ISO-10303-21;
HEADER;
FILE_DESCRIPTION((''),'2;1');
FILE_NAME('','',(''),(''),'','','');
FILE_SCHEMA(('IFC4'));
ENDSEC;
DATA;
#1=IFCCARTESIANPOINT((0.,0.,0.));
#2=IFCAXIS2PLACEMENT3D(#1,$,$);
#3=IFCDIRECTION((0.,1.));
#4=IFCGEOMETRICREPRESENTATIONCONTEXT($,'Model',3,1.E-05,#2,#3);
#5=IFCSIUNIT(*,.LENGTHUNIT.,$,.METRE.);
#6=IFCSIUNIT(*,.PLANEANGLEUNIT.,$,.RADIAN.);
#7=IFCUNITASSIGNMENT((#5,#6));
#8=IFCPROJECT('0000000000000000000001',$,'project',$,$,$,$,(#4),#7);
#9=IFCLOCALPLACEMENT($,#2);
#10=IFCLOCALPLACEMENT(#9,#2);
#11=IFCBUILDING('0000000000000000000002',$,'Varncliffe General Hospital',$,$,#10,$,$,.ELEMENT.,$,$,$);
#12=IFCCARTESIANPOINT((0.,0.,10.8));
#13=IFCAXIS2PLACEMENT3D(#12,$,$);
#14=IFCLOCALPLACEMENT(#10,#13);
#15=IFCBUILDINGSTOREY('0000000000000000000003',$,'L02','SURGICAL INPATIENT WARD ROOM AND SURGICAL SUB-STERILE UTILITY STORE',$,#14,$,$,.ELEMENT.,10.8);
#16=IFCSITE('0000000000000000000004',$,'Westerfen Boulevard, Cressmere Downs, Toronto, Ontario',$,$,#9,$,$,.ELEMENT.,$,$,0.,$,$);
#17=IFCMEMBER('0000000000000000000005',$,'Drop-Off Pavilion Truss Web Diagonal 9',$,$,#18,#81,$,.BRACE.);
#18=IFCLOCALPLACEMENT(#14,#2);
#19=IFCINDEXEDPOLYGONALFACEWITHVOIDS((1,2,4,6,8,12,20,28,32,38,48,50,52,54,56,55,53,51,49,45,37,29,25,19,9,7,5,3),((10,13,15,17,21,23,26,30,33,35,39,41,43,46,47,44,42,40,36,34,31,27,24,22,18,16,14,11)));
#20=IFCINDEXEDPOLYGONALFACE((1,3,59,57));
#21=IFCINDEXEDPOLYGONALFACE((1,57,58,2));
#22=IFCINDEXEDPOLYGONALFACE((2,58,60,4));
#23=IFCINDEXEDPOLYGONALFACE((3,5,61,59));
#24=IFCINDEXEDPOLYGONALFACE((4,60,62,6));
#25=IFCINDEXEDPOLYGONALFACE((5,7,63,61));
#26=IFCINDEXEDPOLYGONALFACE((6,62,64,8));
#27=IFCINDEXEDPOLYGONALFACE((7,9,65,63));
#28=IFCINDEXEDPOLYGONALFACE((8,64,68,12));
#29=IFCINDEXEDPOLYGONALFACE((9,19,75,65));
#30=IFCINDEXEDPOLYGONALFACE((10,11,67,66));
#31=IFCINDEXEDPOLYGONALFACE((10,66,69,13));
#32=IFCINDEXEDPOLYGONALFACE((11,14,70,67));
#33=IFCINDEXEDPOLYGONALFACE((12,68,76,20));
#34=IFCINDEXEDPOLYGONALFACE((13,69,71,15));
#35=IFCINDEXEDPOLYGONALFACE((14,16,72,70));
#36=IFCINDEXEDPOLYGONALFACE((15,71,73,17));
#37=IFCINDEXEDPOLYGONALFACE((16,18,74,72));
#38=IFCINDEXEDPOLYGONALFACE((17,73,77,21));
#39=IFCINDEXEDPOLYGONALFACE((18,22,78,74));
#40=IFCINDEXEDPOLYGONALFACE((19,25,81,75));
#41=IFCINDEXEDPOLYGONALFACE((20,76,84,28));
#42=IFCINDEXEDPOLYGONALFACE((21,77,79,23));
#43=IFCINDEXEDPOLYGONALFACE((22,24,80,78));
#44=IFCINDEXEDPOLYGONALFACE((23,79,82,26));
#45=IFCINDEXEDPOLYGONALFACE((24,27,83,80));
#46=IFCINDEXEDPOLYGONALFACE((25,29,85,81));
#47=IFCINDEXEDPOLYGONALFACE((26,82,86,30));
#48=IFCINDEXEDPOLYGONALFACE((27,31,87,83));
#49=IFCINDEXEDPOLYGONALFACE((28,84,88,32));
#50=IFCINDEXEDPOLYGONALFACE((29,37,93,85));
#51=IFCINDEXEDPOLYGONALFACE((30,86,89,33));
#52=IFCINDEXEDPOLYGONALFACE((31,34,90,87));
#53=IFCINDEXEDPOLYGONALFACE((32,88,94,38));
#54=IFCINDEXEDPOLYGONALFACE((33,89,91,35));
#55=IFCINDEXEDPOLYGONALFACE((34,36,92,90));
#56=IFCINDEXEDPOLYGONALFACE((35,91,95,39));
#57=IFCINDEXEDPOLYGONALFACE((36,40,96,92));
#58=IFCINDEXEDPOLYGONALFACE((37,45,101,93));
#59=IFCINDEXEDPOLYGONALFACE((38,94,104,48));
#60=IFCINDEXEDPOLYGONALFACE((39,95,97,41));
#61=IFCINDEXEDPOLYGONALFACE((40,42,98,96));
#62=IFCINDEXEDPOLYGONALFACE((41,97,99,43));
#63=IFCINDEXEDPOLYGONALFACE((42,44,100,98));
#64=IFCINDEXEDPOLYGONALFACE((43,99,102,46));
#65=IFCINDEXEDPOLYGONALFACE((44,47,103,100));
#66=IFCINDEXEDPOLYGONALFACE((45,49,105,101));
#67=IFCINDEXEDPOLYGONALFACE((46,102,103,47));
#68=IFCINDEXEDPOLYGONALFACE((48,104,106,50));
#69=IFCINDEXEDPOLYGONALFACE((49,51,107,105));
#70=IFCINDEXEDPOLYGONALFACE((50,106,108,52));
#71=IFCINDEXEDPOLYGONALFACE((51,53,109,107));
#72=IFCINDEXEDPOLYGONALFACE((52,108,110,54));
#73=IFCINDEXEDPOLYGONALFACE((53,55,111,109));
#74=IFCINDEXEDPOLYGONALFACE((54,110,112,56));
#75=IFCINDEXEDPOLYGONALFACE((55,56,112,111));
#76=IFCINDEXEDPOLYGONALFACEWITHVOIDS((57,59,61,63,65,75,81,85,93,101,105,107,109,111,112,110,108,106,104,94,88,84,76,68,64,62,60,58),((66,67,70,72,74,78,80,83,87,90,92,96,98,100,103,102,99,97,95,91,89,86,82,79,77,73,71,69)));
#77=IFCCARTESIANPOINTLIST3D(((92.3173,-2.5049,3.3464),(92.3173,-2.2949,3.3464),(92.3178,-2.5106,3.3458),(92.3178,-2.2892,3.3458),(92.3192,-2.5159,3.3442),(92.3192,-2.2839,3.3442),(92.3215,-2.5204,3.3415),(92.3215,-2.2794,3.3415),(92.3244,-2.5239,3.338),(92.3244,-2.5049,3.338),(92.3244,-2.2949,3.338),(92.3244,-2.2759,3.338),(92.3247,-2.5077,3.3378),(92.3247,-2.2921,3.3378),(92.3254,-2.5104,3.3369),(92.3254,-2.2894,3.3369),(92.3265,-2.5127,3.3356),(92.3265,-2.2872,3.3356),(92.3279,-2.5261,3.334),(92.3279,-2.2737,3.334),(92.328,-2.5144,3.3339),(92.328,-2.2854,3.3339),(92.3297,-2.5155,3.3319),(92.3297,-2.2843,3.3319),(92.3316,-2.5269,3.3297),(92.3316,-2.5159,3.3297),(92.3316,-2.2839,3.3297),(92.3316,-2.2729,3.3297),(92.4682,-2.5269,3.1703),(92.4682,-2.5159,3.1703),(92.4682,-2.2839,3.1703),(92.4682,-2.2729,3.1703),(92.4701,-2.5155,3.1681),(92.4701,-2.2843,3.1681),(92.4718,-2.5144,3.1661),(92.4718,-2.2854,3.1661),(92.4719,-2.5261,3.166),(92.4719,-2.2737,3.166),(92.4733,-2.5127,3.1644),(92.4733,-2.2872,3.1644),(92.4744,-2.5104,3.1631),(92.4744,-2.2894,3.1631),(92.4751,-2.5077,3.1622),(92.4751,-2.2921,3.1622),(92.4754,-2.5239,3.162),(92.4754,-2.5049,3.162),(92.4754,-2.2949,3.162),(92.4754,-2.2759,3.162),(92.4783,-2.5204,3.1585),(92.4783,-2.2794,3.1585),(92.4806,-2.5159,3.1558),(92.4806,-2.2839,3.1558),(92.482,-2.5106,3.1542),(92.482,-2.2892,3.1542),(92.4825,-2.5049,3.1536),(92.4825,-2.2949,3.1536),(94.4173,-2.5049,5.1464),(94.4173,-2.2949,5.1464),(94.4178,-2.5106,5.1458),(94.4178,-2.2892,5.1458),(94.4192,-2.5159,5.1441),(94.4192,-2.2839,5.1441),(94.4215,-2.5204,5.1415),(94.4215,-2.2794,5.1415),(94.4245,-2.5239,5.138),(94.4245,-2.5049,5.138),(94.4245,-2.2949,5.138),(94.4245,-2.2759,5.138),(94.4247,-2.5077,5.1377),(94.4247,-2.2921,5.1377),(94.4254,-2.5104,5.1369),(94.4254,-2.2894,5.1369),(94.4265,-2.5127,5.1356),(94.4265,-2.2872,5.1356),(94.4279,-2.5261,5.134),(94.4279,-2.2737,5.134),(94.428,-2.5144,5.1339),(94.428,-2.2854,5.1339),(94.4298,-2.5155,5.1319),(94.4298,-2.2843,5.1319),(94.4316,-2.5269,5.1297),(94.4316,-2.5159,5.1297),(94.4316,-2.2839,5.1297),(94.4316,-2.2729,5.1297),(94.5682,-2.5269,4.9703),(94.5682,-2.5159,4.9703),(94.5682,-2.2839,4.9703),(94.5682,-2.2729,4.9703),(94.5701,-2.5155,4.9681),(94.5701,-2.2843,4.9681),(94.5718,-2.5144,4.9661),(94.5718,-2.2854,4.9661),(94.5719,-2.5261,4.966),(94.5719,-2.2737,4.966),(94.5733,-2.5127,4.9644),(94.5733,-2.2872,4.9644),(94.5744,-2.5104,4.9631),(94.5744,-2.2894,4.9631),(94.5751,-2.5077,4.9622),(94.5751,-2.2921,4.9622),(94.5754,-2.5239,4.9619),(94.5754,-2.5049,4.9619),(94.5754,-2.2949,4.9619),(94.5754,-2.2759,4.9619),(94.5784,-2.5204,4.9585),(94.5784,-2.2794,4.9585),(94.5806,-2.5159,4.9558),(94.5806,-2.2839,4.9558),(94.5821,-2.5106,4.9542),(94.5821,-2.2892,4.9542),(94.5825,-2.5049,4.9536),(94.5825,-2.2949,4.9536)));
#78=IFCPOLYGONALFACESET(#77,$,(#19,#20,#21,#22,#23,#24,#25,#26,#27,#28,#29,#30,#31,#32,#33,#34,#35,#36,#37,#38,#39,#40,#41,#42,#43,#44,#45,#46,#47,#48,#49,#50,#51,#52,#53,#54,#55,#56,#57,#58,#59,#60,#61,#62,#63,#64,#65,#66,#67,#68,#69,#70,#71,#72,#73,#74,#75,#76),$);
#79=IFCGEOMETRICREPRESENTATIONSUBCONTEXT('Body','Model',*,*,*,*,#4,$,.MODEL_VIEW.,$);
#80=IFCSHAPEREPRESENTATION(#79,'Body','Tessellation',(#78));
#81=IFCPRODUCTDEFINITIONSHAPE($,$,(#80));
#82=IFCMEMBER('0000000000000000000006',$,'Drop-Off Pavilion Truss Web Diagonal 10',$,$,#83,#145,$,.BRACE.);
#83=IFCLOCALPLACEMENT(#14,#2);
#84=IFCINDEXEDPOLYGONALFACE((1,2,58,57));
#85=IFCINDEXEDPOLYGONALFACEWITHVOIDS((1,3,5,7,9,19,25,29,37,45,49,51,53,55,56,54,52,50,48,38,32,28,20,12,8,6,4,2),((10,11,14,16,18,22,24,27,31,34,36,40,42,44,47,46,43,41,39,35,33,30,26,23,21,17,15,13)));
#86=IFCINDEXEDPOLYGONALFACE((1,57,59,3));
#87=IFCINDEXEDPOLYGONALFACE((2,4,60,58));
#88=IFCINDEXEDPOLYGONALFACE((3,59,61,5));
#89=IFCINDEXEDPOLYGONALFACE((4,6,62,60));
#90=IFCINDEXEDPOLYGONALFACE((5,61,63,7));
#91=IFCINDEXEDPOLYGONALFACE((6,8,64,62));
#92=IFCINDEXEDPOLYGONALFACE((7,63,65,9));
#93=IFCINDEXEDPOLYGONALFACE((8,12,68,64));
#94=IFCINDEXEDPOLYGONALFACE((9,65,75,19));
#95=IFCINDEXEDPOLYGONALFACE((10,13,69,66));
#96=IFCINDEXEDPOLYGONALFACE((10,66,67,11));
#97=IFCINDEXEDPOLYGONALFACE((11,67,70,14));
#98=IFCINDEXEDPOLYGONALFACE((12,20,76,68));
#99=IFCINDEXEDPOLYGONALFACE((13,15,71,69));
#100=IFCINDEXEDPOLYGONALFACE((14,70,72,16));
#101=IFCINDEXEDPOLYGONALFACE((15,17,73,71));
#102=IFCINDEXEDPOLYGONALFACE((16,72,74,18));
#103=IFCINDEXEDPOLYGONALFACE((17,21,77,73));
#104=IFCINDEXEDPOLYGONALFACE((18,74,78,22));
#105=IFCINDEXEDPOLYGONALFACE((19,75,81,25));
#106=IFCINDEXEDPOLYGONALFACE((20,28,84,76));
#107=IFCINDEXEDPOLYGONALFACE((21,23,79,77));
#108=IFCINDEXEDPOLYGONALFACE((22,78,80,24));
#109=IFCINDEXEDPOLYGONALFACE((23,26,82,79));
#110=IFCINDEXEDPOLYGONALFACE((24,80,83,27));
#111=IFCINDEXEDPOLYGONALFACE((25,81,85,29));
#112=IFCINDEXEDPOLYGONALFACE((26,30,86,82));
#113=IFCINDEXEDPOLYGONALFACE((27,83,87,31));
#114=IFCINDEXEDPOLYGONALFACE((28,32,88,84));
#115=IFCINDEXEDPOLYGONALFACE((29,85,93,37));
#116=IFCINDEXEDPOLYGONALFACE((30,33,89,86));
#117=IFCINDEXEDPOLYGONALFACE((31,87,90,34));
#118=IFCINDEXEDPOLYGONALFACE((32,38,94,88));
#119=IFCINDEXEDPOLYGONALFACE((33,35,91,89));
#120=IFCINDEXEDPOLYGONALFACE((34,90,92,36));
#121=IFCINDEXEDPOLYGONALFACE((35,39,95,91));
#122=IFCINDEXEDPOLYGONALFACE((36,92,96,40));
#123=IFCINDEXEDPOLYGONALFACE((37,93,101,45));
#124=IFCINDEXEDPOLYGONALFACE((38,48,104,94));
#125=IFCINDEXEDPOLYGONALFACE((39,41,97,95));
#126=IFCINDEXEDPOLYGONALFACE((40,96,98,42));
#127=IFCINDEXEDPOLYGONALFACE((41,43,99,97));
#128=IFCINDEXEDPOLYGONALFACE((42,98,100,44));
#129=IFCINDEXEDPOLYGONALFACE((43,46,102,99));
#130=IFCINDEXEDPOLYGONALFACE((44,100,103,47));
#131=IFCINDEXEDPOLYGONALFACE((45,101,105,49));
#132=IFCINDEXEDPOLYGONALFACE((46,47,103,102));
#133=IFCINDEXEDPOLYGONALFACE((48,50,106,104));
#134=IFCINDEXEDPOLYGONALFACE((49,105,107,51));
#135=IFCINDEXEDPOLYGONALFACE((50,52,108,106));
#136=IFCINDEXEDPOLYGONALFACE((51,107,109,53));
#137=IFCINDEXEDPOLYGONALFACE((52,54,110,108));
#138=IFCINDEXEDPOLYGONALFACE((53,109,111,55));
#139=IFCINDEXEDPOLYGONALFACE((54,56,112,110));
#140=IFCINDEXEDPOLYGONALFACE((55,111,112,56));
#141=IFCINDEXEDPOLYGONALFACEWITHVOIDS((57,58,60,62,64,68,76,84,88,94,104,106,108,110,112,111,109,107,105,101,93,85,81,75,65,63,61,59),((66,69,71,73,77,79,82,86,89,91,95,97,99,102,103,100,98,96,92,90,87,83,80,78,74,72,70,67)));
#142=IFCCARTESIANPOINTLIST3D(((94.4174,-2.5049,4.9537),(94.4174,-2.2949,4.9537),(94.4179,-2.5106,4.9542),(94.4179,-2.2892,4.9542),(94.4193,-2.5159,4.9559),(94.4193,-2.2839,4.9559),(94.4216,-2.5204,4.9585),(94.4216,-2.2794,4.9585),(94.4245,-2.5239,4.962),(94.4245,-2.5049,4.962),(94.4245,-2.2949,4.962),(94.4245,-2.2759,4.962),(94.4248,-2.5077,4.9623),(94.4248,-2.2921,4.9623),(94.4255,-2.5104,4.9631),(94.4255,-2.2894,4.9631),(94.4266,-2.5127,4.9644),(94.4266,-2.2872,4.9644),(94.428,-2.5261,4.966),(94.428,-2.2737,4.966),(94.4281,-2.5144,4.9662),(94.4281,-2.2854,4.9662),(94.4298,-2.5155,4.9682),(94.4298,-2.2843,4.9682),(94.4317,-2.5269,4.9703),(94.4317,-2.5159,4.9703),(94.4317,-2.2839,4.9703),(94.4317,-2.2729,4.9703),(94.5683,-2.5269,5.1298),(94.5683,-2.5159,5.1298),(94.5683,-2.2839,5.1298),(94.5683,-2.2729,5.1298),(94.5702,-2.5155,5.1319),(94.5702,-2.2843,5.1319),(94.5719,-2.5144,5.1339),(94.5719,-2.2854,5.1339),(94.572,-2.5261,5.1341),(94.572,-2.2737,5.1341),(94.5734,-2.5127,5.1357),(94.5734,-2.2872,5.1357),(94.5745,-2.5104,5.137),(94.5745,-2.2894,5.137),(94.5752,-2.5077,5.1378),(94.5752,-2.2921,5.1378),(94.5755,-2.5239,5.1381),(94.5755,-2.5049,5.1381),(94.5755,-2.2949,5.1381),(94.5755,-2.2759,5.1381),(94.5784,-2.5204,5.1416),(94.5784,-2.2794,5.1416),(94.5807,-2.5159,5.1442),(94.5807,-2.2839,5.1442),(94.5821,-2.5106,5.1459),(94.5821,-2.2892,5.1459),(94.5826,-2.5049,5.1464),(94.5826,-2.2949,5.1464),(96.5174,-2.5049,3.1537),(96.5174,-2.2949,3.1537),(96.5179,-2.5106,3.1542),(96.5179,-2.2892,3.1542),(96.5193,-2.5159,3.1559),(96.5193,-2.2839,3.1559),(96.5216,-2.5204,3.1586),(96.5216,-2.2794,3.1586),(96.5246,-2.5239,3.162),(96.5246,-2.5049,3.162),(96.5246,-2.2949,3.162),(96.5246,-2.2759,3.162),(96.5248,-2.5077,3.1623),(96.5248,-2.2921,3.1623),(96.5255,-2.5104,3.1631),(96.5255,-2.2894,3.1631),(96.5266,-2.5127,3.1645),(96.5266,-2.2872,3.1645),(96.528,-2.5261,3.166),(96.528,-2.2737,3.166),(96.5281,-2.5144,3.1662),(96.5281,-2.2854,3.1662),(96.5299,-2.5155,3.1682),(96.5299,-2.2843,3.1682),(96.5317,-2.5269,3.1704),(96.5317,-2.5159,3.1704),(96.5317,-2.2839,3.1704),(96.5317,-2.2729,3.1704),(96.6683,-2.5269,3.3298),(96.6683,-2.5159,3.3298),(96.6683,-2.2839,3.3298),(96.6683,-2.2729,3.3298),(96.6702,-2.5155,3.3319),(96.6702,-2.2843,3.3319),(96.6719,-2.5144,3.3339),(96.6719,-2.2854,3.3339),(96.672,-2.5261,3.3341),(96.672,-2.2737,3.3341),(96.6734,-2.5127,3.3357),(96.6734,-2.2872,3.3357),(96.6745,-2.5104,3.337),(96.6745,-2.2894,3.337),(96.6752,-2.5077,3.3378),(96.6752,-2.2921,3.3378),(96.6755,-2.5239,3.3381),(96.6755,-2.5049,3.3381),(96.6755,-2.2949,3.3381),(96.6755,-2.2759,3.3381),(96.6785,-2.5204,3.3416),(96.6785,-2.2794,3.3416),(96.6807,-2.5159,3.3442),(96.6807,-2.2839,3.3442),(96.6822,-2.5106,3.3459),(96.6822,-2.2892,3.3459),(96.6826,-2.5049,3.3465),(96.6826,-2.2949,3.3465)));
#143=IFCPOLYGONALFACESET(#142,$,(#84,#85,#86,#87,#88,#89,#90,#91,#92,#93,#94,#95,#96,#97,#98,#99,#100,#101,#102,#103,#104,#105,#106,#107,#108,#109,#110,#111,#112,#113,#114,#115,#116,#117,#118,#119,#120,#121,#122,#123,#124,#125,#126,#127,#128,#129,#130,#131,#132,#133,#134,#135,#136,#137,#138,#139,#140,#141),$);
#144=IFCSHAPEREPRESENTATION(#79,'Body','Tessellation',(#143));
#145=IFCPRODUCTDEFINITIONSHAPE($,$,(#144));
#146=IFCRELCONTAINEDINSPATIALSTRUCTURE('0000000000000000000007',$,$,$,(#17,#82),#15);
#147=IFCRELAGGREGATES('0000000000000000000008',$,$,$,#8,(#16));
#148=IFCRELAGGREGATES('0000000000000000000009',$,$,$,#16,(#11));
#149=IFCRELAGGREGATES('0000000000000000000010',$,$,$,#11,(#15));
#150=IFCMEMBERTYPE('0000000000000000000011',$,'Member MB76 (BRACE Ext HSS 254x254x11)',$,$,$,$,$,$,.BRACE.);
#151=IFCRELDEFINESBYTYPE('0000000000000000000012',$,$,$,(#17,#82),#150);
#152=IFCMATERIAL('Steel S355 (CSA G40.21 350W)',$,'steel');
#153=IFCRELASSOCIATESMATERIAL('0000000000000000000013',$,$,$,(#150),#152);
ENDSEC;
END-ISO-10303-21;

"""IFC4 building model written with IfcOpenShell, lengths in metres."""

from ifc_helpers import new_model, si_unit, direction, frame, origin, origin_2d, place, context, subcontext, project, spatial, hollow_rectangle, extrude, material, material_profile, profile_set, type_object, element, save


model = new_model("IFC4")

# Units and contexts
model_context = context("Model", 3, precision=1e-05, world=origin(), true_north=direction((0.0, 1.0)))
body_context = subcontext(model_context, "Body", "Model", "MODEL_VIEW")
ifc_project = project(units=[si_unit("LENGTHUNIT", "METRE"), si_unit("PLANEANGLEUNIT", "RADIAN")], contexts=[model_context])

# Site, building, storey
site_placement = place(None, origin())
site = spatial("IfcSite", under=ifc_project, at=site_placement, Name="Westerfen Boulevard, Cressmere Downs, Toronto, Ontario", CompositionType="ELEMENT", RefElevation=0.0)
building_placement = place(site_placement, origin())
building = spatial("IfcBuilding", under=site, at=building_placement, Name="Varncliffe General Hospital", CompositionType="ELEMENT")
storey_placement = place(building_placement, frame((0.0, 0.0, 10.8)))
storey = spatial("IfcBuildingStorey", under=building, at=storey_placement, Name="L02", Description="SURGICAL INPATIENT WARD ROOM AND SURGICAL SUB-STERILE UTILITY STORE", CompositionType="ELEMENT", Elevation=10.8)

# Shared definitions
ifc_material_1 = material(Name="Steel S355 (CSA G40.21 350W)", Category="steel")

# Members
ifc_material_profile_1 = material_profile(ifc_material_1, hollow_rectangle(XDim=0.2539, YDim=0.2539, WallThickness=0.011, InnerFilletRadius=0.011, OuterFilletRadius=0.022, at=origin_2d()), Name="HSS 254x254x11")
ifc_profile_set_1 = profile_set([ifc_material_profile_1], Name="Steel S355 (CSA G40.21 350W)")
member_type = type_object("IfcMemberType", Name="Member MB76 (BRACE Ext HSS 254x254x11)", PredefinedType="BRACE", material=ifc_profile_set_1)
for number, where, z_axis, x_axis, name in (
    (1, (92.3999, -2.3999, 3.25), (0.759263, 0.0, 0.650784), (0.0, 1.0, 0.0), "Drop-Off Pavilion Truss Web Diagonal 9"),
    (2, (94.5, -2.3999, 5.05), (0.759263, 0.0, -0.650784), (0.0, 1.0, 0.0), "Drop-Off Pavilion Truss Web Diagonal 10"),
):
    element("IfcMember", number, at=place(storey_placement, frame(where, z_axis=z_axis, x_axis=x_axis)), inside=storey, type_object=member_type, Name=name, PredefinedType="BRACE", context=body_context, shape_type="SweptSolid", body=[
        extrude(hollow_rectangle(XDim=0.2539, YDim=0.2539, WallThickness=0.011, InnerFilletRadius=0.011, OuterFilletRadius=0.022, at=origin_2d()), origin(), (0.0, 0.0, 1.0), 2.7659),
    ])

save(model, "model.ifc")
